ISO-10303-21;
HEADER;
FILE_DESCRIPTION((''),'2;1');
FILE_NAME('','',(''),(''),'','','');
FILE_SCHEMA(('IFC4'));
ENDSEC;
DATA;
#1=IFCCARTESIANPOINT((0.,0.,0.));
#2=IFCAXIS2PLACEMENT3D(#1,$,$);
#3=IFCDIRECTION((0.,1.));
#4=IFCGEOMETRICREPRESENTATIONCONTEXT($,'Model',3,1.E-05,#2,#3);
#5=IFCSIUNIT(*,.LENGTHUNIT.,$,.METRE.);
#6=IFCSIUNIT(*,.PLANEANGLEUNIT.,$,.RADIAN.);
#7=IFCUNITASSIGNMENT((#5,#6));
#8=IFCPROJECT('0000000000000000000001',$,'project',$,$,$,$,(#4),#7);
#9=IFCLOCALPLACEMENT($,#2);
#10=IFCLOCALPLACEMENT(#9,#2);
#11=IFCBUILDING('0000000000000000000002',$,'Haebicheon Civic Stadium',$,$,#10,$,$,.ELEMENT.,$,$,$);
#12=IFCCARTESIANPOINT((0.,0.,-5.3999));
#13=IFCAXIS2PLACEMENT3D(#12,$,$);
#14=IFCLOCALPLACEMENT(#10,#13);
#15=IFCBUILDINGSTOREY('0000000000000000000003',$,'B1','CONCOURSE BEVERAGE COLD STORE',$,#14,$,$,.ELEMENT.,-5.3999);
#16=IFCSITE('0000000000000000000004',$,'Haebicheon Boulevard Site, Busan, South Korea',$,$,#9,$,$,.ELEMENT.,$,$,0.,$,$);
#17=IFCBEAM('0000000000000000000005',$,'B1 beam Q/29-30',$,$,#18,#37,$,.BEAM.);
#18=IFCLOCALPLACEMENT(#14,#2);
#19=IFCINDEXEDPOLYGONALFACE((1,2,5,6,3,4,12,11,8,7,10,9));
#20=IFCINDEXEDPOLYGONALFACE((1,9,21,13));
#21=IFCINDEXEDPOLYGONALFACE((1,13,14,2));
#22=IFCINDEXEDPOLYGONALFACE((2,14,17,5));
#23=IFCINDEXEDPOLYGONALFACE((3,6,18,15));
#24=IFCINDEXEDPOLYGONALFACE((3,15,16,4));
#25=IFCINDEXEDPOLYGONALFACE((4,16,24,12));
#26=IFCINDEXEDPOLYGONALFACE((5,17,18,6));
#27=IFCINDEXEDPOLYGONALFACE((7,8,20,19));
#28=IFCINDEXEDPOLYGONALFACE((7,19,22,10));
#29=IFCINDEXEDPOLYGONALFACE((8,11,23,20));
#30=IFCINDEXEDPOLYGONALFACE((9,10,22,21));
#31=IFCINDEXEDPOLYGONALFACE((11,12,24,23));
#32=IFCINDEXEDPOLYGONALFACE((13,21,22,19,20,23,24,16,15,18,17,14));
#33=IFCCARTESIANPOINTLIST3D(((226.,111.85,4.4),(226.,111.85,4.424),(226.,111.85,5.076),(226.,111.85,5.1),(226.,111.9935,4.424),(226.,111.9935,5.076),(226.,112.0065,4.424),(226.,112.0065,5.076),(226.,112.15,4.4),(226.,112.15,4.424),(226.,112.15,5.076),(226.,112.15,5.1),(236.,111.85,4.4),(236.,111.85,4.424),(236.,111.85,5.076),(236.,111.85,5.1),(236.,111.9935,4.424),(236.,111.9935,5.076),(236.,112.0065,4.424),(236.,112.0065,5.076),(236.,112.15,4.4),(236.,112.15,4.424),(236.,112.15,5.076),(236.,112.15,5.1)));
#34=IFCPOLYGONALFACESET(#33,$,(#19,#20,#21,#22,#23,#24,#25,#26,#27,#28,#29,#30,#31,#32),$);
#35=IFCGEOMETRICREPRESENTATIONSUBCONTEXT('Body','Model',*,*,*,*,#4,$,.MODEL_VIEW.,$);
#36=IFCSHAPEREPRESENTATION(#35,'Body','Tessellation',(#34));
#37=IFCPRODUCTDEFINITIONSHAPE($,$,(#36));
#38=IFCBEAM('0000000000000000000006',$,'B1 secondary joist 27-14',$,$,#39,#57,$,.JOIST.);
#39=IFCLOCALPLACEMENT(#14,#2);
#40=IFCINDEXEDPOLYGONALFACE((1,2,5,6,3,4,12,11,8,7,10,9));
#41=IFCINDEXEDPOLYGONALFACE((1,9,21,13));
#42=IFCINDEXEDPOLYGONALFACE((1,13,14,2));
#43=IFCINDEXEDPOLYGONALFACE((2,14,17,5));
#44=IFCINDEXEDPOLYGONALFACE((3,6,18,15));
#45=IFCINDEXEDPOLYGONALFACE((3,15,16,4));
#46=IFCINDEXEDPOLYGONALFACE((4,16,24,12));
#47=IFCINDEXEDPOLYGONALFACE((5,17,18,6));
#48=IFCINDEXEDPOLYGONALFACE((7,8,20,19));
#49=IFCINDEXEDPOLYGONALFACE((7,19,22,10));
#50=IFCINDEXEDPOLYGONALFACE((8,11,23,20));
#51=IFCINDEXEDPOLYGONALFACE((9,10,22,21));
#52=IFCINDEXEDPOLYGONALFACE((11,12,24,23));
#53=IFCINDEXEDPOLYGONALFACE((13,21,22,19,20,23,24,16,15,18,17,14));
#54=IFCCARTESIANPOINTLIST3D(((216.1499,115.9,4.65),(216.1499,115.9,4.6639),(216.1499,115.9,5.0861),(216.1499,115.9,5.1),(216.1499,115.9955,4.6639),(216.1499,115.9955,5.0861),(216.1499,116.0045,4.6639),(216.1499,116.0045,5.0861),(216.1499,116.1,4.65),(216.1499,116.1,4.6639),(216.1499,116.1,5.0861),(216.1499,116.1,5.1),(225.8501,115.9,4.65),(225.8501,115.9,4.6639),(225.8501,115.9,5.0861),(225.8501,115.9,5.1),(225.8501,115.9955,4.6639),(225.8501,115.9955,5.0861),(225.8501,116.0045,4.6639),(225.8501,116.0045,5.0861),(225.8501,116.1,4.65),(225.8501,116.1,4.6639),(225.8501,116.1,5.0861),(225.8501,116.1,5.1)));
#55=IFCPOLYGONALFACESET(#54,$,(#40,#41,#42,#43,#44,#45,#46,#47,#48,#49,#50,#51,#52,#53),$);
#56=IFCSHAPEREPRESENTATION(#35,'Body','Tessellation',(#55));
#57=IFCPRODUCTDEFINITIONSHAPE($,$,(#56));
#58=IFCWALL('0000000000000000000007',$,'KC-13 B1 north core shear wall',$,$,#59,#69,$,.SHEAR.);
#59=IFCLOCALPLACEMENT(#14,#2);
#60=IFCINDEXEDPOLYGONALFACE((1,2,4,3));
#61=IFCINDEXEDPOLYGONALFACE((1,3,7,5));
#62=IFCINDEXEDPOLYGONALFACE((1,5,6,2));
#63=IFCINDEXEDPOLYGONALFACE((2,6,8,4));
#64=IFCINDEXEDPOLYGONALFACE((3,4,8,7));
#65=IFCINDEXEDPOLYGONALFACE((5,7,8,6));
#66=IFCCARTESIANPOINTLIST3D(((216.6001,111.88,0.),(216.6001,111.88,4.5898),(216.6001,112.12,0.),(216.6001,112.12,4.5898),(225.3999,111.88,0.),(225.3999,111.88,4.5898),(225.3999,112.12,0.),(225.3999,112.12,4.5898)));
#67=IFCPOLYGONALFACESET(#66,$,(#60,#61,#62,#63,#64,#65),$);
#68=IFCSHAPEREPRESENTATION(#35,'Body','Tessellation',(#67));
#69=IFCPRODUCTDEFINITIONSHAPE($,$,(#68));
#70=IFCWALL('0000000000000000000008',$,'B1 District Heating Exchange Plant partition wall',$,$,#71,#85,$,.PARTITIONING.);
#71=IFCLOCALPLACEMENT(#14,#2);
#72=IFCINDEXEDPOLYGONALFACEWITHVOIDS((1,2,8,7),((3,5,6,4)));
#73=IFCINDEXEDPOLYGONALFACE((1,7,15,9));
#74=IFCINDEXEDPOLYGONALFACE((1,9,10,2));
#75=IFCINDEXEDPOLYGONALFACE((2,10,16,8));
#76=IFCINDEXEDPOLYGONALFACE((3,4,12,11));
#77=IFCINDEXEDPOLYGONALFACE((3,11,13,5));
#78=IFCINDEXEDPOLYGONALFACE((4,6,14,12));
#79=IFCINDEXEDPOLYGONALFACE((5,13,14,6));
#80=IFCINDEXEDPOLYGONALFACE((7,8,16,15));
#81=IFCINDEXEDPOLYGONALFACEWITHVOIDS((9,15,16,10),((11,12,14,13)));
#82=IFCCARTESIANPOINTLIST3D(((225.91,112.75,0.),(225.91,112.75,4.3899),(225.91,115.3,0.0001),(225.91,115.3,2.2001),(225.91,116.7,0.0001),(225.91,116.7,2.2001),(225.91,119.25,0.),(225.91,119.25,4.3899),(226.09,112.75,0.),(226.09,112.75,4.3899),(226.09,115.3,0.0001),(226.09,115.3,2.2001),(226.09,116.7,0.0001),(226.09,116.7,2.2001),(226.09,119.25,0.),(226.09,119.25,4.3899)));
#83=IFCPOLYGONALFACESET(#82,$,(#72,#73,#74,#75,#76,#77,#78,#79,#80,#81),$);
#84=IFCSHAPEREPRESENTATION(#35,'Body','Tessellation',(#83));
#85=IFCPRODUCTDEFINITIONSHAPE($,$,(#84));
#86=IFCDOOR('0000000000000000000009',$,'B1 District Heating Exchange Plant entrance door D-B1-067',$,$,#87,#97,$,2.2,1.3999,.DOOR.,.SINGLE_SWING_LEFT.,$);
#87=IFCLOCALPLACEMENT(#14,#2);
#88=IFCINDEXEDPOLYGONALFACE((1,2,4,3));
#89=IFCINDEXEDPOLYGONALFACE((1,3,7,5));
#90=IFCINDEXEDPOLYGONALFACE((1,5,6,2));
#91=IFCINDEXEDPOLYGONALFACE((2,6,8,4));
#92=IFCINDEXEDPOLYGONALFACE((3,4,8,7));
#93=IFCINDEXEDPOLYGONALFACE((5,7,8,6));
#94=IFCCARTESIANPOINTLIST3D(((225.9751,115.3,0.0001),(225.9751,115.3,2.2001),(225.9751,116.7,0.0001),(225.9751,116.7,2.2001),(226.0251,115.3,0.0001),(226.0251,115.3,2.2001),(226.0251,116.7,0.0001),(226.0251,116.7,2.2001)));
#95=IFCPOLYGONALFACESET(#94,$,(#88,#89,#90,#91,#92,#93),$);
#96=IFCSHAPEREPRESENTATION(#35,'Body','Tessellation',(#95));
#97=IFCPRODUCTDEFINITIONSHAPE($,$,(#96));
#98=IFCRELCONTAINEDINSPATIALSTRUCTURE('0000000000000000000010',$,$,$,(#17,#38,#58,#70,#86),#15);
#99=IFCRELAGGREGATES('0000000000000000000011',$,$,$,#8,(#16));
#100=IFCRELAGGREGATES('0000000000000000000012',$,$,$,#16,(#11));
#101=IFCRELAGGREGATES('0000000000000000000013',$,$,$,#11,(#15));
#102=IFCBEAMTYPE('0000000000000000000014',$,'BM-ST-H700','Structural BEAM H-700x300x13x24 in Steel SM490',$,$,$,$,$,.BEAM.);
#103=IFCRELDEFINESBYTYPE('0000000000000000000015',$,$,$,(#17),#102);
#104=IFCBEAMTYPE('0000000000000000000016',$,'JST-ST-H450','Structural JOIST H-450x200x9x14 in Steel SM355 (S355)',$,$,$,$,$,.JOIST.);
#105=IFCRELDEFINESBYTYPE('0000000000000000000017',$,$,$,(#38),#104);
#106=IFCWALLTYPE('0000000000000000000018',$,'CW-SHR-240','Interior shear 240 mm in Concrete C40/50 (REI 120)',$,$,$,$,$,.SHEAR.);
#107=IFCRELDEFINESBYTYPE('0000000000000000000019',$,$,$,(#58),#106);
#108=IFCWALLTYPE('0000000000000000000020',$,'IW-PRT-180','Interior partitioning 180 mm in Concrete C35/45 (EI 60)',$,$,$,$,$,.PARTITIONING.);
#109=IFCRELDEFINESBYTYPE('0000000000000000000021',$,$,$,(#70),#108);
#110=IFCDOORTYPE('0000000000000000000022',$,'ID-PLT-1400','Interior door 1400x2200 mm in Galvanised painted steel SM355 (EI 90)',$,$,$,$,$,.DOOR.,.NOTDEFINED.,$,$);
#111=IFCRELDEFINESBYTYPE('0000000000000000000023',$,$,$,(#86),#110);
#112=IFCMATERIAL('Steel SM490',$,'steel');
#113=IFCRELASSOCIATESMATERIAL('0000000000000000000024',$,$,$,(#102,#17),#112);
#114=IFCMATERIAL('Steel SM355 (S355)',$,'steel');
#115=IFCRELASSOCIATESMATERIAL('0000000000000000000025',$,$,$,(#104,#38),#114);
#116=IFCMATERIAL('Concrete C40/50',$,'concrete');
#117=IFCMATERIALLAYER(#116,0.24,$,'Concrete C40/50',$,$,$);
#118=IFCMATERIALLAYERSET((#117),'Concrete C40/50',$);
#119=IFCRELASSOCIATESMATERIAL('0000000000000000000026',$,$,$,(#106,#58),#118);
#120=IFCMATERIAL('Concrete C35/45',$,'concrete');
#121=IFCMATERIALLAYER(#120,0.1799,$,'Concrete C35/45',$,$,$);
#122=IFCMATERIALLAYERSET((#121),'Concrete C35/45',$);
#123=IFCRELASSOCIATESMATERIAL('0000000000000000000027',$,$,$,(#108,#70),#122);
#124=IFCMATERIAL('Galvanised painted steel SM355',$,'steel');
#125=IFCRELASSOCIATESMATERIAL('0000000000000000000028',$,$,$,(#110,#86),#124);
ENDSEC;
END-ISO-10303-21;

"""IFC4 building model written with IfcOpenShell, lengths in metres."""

from ifc_helpers import new_model, si_unit, direction, frame, frame_2d, origin, origin_2d, place, context, subcontext, project, spatial, rectangle, i_section, extrude, material, layer, layer_set, material_profile, profile_set, type_object, element, fill, save


model = new_model("IFC4")

# Units and contexts
model_context = context("Model", 3, precision=1e-05, world=origin(), true_north=direction((0.0, 1.0)))
body_context = subcontext(model_context, "Body", "Model", "MODEL_VIEW")
ifc_project = project(units=[si_unit("LENGTHUNIT", "METRE"), si_unit("PLANEANGLEUNIT", "RADIAN")], contexts=[model_context])

# Site, building, storey
site_placement = place(None, origin())
site = spatial("IfcSite", under=ifc_project, at=site_placement, Name="Haebicheon Boulevard Site, Busan, South Korea", CompositionType="ELEMENT", RefElevation=0.0)
building_placement = place(site_placement, origin())
building = spatial("IfcBuilding", under=site, at=building_placement, Name="Haebicheon Civic Stadium", CompositionType="ELEMENT")
storey_placement = place(building_placement, frame((0.0, 0.0, -5.3999)))
storey = spatial("IfcBuildingStorey", under=building, at=storey_placement, Name="B1", Description="CONCOURSE BEVERAGE COLD STORE", CompositionType="ELEMENT", Elevation=-5.3999)

# Beams
ifc_material_1 = material(Name="Steel SM490", Category="steel")
ifc_material_profile_1 = material_profile(ifc_material_1, i_section(OverallWidth=0.3, OverallDepth=0.7, WebThickness=0.0129, FlangeThickness=0.0239, at=origin_2d()), Name="H-700x300x13x24")
ifc_profile_set_1 = profile_set([ifc_material_profile_1], Name="Steel SM490")
beam_type_1 = type_object("IfcBeamType", Name="BM-ST-H700", Description="Structural BEAM H-700x300x13x24 in Steel SM490", PredefinedType="BEAM", material=ifc_profile_set_1)
beam_1_placement = place(storey_placement, frame((226.0, 112.0, 4.75), z_axis=(1.0, 0.0, 0.0), x_axis=(0.0, 1.0, 0.0)))
element("IfcBeam", 1, at=beam_1_placement, inside=storey, type_object=beam_type_1, material=ifc_profile_set_1, Name="B1 beam Q/29-30", PredefinedType="BEAM", context=body_context, shape_type="SweptSolid", body=[
    extrude(i_section(OverallWidth=0.3, OverallDepth=0.7, WebThickness=0.0129, FlangeThickness=0.0239, at=origin_2d()), origin(), (0.0, 0.0, 1.0), 10.0),
])
ifc_material_2 = material(Name="Steel SM355 (S355)", Category="steel")
ifc_material_profile_2 = material_profile(ifc_material_2, i_section(OverallWidth=0.2, OverallDepth=0.45, WebThickness=0.009, FlangeThickness=0.0139, at=origin_2d()), Name="H-450x200x9x14")
ifc_profile_set_2 = profile_set([ifc_material_profile_2], Name="Steel SM355 (S355)")
beam_type_2 = type_object("IfcBeamType", Name="JST-ST-H450", Description="Structural JOIST H-450x200x9x14 in Steel SM355 (S355)", PredefinedType="JOIST", material=ifc_profile_set_2)
beam_2_placement = place(storey_placement, frame((216.1499, 116.0, 4.875), z_axis=(1.0, 0.0, 0.0), x_axis=(0.0, 1.0, 0.0)))
element("IfcBeam", 2, at=beam_2_placement, inside=storey, type_object=beam_type_2, material=ifc_profile_set_2, Name="B1 secondary joist 27-14", PredefinedType="JOIST", context=body_context, shape_type="SweptSolid", body=[
    extrude(i_section(OverallWidth=0.2, OverallDepth=0.45, WebThickness=0.009, FlangeThickness=0.0139, at=origin_2d()), origin(), (0.0, 0.0, 1.0), 9.7002),
])

# Wall
ifc_material_3 = material(Name="Concrete C40/50", Category="concrete")
ifc_layer_1 = layer(ifc_material_3, 0.24, Name="Concrete C40/50")
ifc_layer_set_1 = layer_set([ifc_layer_1], Name="Concrete C40/50")
wall_type_1 = type_object("IfcWallType", Name="CW-SHR-240", Description="Interior shear 240 mm in Concrete C40/50 (REI 120)", PredefinedType="SHEAR", material=ifc_layer_set_1)
wall_1_placement = place(storey_placement, frame((216.6001, 112.0, 0.0), z_axis=(0.0, 0.0, 1.0), x_axis=(1.0, 0.0, 0.0)))
element("IfcWall", 3, at=wall_1_placement, inside=storey, type_object=wall_type_1, material=ifc_layer_set_1, Name="KC-13 B1 north core shear wall", PredefinedType="SHEAR", context=body_context, shape_type="SweptSolid", body=[
    extrude(rectangle(XDim=8.7998, YDim=0.24, at=frame_2d((4.3999, 0.0))), origin(), (0.0, 0.0, 1.0), 4.5898),
])

# Wall, opening, door
ifc_material_4 = material(Name="Concrete C35/45", Category="concrete")
ifc_layer_2 = layer(ifc_material_4, 0.1799, Name="Concrete C35/45")
ifc_layer_set_2 = layer_set([ifc_layer_2], Name="Concrete C35/45")
wall_type_2 = type_object("IfcWallType", Name="IW-PRT-180", Description="Interior partitioning 180 mm in Concrete C35/45 (EI 60)", PredefinedType="PARTITIONING", material=ifc_layer_set_2)
wall_2_placement = place(storey_placement, frame((226.0, 112.75, 0.0), z_axis=(0.0, 0.0, 1.0), x_axis=(0.0, 1.0, 0.0)))
wall_2 = element("IfcWall", 4, at=wall_2_placement, inside=storey, type_object=wall_type_2, material=ifc_layer_set_2, Name="B1 District Heating Exchange Plant partition wall", PredefinedType="PARTITIONING", context=body_context, shape_type="SweptSolid", body=[
    extrude(rectangle(XDim=6.5, YDim=0.1799, at=frame_2d((3.25, 0.0))), origin(), (0.0, 0.0, 1.0), 4.3899),
])
opening_placement = place(wall_2_placement, frame((2.55, 0.0, 0.0)))
opening = element("IfcOpeningElement", 5, at=opening_placement, cuts=wall_2, PredefinedType="OPENING", context=body_context, shape_type="SweptSolid", body=[
    extrude(rectangle(XDim=1.3999, YDim=2.2, at=frame_2d((0.7, 1.1001))), frame((0.0, 0.0999, 0.0), z_axis=(0.0, -1.0, 0.0), x_axis=(1.0, 0.0, 0.0)), (0.0, 0.0, 1.0), 0.2),
])
ifc_material_5 = material(Name="Galvanised painted steel SM355", Category="steel")
door_type = type_object("IfcDoorType", Name="ID-PLT-1400", Description="Interior door 1400x2200 mm in Galvanised painted steel SM355 (EI 90)", OperationType="NOTDEFINED", PredefinedType="DOOR", material=ifc_material_5)
door_placement = place(opening_placement, origin())
door = element("IfcDoor", 6, at=door_placement, inside=storey, type_object=door_type, material=ifc_material_5, Name="B1 District Heating Exchange Plant entrance door D-B1-067", OperationType="SINGLE_SWING_LEFT", OverallHeight=2.2, OverallWidth=1.3999, PredefinedType="DOOR", context=body_context, shape_type="SweptSolid", body=[
    extrude(rectangle(XDim=1.3999, YDim=2.2, at=frame_2d((0.7, 1.1001))), frame((0.0, 0.0249, 0.0), z_axis=(0.0, -1.0, 0.0), x_axis=(1.0, 0.0, 0.0)), (0.0, 0.0, 1.0), 0.05),
])
fill(opening, door)

save(model, "model.ifc")
